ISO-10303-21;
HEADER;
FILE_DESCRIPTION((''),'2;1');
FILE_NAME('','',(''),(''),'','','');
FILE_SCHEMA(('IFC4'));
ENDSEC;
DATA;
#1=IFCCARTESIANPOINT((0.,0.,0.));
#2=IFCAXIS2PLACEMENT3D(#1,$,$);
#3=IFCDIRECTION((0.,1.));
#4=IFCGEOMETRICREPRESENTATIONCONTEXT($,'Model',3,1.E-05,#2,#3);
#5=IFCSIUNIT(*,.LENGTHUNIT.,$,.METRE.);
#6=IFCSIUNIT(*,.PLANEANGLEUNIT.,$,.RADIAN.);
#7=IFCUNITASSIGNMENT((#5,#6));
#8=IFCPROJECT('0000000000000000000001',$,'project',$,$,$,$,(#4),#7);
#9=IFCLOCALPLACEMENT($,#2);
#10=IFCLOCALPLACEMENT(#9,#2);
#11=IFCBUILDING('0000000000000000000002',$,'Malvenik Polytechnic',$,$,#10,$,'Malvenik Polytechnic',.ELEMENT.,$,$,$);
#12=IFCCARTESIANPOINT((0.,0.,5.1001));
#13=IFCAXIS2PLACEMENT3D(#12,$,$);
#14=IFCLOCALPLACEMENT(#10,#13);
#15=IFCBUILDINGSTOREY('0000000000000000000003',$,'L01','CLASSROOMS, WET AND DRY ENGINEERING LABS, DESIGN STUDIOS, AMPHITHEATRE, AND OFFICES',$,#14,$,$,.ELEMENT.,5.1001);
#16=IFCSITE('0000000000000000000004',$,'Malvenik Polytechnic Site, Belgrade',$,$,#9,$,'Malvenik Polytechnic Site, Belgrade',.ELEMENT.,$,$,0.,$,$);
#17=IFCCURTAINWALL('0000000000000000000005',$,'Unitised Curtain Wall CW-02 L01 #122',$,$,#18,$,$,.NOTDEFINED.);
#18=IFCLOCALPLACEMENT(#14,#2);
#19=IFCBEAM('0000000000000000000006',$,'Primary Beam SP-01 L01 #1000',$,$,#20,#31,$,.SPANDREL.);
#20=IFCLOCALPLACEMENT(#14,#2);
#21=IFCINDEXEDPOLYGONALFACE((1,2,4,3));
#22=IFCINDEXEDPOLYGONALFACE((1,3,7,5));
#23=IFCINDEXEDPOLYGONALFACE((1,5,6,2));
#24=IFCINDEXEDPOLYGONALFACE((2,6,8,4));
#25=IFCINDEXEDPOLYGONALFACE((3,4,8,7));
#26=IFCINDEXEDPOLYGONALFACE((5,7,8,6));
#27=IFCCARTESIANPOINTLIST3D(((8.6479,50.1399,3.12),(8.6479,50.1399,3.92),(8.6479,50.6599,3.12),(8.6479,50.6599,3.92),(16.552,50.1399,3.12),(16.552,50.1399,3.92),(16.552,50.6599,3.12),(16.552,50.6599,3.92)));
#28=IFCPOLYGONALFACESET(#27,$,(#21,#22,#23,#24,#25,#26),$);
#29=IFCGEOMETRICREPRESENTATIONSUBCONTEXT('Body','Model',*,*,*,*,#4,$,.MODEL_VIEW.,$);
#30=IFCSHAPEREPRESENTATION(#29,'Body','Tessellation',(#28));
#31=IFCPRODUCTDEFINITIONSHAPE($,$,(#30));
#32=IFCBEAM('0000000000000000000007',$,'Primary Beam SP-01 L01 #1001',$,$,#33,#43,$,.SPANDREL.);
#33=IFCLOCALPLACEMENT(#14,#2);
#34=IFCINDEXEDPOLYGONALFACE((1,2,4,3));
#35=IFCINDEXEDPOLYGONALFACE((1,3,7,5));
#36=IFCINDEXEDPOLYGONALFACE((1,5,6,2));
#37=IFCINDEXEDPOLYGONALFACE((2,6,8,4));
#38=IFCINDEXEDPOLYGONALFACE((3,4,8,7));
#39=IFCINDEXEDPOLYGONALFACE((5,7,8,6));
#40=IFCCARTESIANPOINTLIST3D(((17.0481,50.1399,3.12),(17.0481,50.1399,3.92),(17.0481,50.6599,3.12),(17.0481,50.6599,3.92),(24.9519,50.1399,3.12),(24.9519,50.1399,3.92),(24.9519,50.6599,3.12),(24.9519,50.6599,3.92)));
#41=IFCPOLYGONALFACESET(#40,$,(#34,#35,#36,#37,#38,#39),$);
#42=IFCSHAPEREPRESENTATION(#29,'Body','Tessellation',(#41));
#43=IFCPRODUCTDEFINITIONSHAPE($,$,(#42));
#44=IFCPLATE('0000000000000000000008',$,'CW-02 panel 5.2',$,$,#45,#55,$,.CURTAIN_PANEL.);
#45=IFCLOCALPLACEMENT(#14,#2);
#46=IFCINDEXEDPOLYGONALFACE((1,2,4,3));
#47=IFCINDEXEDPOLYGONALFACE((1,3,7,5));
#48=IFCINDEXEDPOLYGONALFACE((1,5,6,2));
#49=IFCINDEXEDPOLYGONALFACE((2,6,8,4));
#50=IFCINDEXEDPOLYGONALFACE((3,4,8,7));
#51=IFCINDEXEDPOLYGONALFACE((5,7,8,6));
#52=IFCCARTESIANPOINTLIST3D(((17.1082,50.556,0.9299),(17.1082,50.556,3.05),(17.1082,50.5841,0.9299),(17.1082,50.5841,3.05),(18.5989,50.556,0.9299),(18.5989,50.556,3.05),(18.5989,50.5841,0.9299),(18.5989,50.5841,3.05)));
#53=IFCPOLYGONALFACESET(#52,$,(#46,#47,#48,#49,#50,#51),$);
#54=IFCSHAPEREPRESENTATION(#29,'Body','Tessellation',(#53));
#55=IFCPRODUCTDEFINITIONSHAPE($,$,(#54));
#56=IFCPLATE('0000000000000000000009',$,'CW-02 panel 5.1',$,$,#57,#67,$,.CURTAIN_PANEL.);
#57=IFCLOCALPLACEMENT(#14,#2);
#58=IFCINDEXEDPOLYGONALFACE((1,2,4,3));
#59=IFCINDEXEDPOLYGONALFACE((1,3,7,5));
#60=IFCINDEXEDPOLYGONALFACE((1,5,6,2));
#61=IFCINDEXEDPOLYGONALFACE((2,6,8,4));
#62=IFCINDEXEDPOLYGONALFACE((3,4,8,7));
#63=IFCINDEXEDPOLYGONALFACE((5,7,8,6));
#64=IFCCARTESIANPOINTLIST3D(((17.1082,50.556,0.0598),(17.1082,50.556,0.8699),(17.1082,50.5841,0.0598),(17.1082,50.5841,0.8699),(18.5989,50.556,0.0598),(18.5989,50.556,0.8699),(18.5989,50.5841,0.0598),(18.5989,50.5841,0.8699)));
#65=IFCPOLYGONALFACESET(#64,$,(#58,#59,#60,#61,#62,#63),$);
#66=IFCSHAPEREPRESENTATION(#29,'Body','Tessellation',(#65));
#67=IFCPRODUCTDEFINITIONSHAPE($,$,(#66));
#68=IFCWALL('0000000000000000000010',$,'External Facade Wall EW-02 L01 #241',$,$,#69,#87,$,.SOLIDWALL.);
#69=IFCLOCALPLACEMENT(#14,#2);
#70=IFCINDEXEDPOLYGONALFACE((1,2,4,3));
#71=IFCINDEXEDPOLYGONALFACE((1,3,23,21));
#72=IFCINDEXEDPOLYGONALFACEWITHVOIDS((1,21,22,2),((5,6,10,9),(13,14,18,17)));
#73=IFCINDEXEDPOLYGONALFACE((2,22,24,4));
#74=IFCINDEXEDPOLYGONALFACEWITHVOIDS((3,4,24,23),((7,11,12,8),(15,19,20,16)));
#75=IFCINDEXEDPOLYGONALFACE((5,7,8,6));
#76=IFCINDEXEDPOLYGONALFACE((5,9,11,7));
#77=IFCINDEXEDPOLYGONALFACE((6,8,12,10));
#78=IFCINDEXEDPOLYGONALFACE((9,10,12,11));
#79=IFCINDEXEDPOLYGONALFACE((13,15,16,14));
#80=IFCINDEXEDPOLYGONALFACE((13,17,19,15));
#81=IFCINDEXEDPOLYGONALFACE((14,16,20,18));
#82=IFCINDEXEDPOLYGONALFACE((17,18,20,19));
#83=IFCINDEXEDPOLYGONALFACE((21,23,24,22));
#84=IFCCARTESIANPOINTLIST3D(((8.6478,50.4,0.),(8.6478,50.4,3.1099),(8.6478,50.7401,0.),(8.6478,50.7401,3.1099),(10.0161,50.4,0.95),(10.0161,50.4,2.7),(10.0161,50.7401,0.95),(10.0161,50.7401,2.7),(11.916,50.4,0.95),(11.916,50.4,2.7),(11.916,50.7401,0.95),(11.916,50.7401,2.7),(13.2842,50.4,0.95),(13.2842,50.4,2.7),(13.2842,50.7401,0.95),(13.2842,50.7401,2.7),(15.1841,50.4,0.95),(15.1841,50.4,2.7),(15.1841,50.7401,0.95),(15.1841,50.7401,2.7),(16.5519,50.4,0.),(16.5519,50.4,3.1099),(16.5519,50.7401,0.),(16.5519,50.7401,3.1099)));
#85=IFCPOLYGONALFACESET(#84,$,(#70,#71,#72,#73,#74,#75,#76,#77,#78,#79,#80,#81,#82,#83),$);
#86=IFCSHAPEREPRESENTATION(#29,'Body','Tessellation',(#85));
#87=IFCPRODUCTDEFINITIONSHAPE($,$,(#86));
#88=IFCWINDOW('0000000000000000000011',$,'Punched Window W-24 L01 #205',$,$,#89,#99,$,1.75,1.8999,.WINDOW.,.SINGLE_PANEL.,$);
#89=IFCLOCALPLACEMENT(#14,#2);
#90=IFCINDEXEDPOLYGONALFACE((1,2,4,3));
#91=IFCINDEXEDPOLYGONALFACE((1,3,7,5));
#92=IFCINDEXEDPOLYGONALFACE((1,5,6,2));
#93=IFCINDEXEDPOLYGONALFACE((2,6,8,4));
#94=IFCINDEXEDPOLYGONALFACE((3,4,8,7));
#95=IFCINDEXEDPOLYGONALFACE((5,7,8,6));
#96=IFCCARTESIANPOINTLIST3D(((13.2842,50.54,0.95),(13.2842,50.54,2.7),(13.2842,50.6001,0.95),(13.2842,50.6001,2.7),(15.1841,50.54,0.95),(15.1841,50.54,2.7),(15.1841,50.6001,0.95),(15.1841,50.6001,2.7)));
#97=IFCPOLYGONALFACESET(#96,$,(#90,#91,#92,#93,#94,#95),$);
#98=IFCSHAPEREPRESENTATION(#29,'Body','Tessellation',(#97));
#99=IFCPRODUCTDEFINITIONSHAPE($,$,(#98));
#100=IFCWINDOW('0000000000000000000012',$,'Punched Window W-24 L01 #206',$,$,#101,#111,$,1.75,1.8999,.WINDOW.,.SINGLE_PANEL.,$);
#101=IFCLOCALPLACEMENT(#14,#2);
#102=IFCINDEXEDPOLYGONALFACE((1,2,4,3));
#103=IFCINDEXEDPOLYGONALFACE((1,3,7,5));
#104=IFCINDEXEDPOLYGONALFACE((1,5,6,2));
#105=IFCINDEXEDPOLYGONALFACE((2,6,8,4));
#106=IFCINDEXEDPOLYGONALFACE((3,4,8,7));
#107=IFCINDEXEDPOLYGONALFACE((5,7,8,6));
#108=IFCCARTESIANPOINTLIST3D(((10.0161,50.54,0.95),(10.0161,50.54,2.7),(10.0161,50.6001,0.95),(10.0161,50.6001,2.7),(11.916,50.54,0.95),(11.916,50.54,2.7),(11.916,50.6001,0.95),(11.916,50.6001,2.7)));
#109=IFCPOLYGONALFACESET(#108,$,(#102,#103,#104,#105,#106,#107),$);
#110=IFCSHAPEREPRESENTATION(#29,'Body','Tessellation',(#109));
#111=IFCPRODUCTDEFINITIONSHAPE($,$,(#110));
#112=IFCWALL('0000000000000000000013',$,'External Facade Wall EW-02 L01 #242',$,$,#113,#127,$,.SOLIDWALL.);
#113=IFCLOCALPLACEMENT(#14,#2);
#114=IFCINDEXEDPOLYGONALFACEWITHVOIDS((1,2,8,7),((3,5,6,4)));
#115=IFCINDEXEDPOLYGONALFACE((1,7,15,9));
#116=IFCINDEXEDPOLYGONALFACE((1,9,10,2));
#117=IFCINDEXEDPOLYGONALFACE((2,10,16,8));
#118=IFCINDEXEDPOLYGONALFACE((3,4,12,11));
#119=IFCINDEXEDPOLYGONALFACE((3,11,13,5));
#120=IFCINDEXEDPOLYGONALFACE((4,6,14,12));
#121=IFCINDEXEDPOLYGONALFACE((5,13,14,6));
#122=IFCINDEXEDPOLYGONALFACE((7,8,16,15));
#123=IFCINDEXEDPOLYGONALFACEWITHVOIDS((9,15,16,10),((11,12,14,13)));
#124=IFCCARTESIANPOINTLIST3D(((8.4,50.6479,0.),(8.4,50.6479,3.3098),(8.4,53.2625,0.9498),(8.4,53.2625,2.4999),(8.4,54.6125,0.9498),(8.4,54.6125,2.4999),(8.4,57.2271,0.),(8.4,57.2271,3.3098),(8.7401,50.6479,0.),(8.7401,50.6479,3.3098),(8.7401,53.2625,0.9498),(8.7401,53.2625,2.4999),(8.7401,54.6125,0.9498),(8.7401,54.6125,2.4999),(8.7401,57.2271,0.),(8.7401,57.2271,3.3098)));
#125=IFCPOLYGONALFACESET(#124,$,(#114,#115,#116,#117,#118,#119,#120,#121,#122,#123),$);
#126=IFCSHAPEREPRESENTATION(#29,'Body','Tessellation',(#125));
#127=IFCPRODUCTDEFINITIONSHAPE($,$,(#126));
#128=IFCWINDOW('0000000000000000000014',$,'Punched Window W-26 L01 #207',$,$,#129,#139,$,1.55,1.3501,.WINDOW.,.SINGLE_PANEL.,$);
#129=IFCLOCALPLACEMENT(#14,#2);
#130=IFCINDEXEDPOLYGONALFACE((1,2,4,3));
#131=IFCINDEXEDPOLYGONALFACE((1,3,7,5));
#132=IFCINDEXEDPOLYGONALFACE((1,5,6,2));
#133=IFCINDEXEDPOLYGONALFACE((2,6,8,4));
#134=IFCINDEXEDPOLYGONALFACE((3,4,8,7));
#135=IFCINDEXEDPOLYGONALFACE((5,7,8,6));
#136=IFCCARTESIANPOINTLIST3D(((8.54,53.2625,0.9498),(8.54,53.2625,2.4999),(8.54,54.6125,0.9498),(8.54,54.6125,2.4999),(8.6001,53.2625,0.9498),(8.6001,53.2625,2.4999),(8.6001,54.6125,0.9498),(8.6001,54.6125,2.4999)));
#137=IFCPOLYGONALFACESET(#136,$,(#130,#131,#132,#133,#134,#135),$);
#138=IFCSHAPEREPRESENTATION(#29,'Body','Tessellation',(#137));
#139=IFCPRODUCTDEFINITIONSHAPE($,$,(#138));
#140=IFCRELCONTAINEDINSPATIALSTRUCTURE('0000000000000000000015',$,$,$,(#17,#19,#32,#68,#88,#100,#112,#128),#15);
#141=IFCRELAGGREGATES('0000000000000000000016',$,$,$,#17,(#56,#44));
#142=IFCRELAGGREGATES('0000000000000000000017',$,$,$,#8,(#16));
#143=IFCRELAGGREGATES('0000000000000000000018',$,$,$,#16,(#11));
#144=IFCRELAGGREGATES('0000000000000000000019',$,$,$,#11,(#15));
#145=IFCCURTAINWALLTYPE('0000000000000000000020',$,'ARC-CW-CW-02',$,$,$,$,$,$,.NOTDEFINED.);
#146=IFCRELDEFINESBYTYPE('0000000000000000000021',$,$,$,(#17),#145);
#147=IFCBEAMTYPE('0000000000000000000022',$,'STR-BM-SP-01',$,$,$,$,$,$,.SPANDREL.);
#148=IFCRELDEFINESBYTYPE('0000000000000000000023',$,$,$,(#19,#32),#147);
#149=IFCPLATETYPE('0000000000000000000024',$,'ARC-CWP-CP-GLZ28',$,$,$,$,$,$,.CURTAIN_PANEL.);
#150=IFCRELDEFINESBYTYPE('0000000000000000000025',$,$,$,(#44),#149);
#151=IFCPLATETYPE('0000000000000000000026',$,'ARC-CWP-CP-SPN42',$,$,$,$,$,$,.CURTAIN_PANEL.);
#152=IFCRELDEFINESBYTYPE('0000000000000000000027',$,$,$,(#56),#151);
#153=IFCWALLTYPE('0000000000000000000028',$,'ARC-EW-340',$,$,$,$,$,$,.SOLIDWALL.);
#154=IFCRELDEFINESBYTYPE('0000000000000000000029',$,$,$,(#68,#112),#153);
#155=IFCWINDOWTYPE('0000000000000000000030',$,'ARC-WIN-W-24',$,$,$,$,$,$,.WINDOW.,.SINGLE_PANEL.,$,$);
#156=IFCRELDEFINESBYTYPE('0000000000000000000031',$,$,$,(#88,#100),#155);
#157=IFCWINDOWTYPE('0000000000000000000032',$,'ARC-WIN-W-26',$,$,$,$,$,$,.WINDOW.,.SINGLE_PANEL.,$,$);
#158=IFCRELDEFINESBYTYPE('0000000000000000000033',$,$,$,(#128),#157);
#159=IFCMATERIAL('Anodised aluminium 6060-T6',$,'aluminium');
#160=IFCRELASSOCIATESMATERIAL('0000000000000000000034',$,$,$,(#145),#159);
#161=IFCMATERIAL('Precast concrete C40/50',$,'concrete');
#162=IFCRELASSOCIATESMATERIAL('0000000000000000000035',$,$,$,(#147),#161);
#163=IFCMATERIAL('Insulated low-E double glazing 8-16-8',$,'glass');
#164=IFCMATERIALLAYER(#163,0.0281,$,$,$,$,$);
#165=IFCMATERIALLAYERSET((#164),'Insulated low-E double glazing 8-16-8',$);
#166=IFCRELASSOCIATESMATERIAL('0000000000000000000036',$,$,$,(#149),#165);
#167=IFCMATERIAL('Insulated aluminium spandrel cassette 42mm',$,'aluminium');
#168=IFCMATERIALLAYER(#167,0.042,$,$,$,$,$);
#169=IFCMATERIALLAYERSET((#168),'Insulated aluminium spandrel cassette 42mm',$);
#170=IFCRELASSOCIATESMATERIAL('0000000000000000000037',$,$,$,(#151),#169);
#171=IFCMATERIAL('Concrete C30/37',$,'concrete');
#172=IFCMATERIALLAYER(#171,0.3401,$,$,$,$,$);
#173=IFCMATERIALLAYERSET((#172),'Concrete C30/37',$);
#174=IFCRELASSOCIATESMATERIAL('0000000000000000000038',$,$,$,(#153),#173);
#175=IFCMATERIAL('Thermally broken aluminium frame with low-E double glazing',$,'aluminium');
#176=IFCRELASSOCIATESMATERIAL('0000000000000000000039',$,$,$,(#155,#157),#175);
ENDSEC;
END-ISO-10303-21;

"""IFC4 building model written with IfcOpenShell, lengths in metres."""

from ifc_helpers import new_model, si_unit, direction, frame, frame_2d, origin, origin_2d, place, context, subcontext, project, spatial, rectangle, extrude, material, layer, layer_set, material_profile, profile_set, type_object, element, fill, aggregate, save


model = new_model("IFC4")

# Units and contexts
model_context = context("Model", 3, precision=1e-05, world=origin(), true_north=direction((0.0, 1.0)))
body_context = subcontext(model_context, "Body", "Model", "MODEL_VIEW")
ifc_project = project(units=[si_unit("LENGTHUNIT", "METRE"), si_unit("PLANEANGLEUNIT", "RADIAN")], contexts=[model_context])

# Site, building, storey
site_placement = place(None, origin())
site = spatial("IfcSite", under=ifc_project, at=site_placement, Name="Malvenik Polytechnic Site, Belgrade", LongName="Malvenik Polytechnic Site, Belgrade", CompositionType="ELEMENT", RefElevation=0.0)
building_placement = place(site_placement, origin())
building = spatial("IfcBuilding", under=site, at=building_placement, Name="Malvenik Polytechnic", LongName="Malvenik Polytechnic", CompositionType="ELEMENT")
storey_placement = place(building_placement, frame((0.0, 0.0, 5.1001)))
storey = spatial("IfcBuildingStorey", under=building, at=storey_placement, Name="L01", Description="CLASSROOMS, WET AND DRY ENGINEERING LABS, DESIGN STUDIOS, AMPHITHEATRE, AND OFFICES", CompositionType="ELEMENT", Elevation=5.1001)

# Curtain wall
ifc_material_1 = material(Name="Anodised aluminium 6060-T6", Category="aluminium")
curtain_wall_type = type_object("IfcCurtainWallType", Name="ARC-CW-CW-02", PredefinedType="NOTDEFINED", material=ifc_material_1)
curtain_wall_placement = place(storey_placement, origin())
curtain_wall = element("IfcCurtainWall", 1, at=curtain_wall_placement, inside=storey, type_object=curtain_wall_type, Name="Unitised Curtain Wall CW-02 L01 #122", PredefinedType="NOTDEFINED")

# Beams
ifc_material_2 = material(Name="Concrete C30/37", Category="concrete")
ifc_material_3 = material(Name="Precast concrete C40/50", Category="concrete")
ifc_material_profile_1 = material_profile(ifc_material_3, rectangle(XDim=0.52, YDim=0.8, at=origin_2d()), Name="PC SPN 520x800")
ifc_profile_set_1 = profile_set([ifc_material_profile_1], Name="Precast concrete C40/50")
beam_type_1 = type_object("IfcBeamType", Name="STR-BM-SP-01", PredefinedType="SPANDREL", material=ifc_profile_set_1)
beam_1_placement = place(storey_placement, frame((8.6479, 50.3999, 3.52), z_axis=(1.0, 0.0, 0.0), x_axis=(0.0, 1.0, 0.0)))
element("IfcBeam", 2, at=beam_1_placement, inside=storey, type_object=beam_type_1, Name="Primary Beam SP-01 L01 #1000", PredefinedType="SPANDREL", context=body_context, shape_type="SweptSolid", body=[
    extrude(rectangle(XDim=0.52, YDim=0.8, at=origin_2d()), origin(), (0.0, 0.0, 1.0), 7.9041),
])
beam_2_placement = place(storey_placement, frame((17.0481, 50.3999, 3.52), z_axis=(1.0, 0.0, 0.0), x_axis=(0.0, 1.0, 0.0)))
element("IfcBeam", 3, at=beam_2_placement, inside=storey, type_object=beam_type_1, Name="Primary Beam SP-01 L01 #1001", PredefinedType="SPANDREL", context=body_context, shape_type="SweptSolid", body=[
    extrude(rectangle(XDim=0.52, YDim=0.8, at=origin_2d()), origin(), (0.0, 0.0, 1.0), 7.9038),
])

# Plates
ifc_material_4 = material(Name="Insulated low-E double glazing 8-16-8", Category="glass")
ifc_layer_1 = layer(ifc_material_4, 0.0281)
ifc_layer_set_1 = layer_set([ifc_layer_1], Name="Insulated low-E double glazing 8-16-8")
plate_type_1 = type_object("IfcPlateType", Name="ARC-CWP-CP-GLZ28", PredefinedType="CURTAIN_PANEL", material=ifc_layer_set_1)
plate_1_placement = place(storey_placement, frame((17.8535, 50.5701, 0.9299), z_axis=(0.0, 0.0, 1.0), x_axis=(-1.0, 0.0, 0.0)))
plate_1 = element("IfcPlate", 4, at=plate_1_placement, type_object=plate_type_1, Name="CW-02 panel 5.2", PredefinedType="CURTAIN_PANEL", context=body_context, shape_type="SweptSolid", body=[
    extrude(rectangle(XDim=1.4907, YDim=0.0281, at=origin_2d()), origin(), (0.0, 0.0, 1.0), 2.1201),
])
ifc_material_5 = material(Name="Insulated aluminium spandrel cassette 42mm", Category="aluminium")
ifc_layer_2 = layer(ifc_material_5, 0.042)
ifc_layer_set_2 = layer_set([ifc_layer_2], Name="Insulated aluminium spandrel cassette 42mm")
plate_type_2 = type_object("IfcPlateType", Name="ARC-CWP-CP-SPN42", PredefinedType="CURTAIN_PANEL", material=ifc_layer_set_2)
plate_2_placement = place(storey_placement, frame((17.8535, 50.5701, 0.0598), z_axis=(0.0, 0.0, 1.0), x_axis=(-1.0, 0.0, 0.0)))
plate_2 = element("IfcPlate", 5, at=plate_2_placement, type_object=plate_type_2, Name="CW-02 panel 5.1", PredefinedType="CURTAIN_PANEL", context=body_context, shape_type="SweptSolid", body=[
    extrude(rectangle(XDim=1.4907, YDim=0.0281, at=origin_2d()), origin(), (0.0, 0.0, 1.0), 0.8101),
])
aggregate(curtain_wall, [plate_2, plate_1])

# Wall, openings, windows
ifc_layer_3 = layer(ifc_material_2, 0.3401)
ifc_layer_set_3 = layer_set([ifc_layer_3], Name="Concrete C30/37")
wall_type = type_object("IfcWallType", Name="ARC-EW-340", PredefinedType="SOLIDWALL", material=ifc_layer_set_3)
wall_1_placement = place(storey_placement, frame((16.552, 50.5701, 0.0), z_axis=(0.0, 0.0, 1.0), x_axis=(-1.0, 0.0, 0.0)))
wall_1 = element("IfcWall", 6, at=wall_1_placement, inside=storey, type_object=wall_type, Name="External Facade Wall EW-02 L01 #241", PredefinedType="SOLIDWALL", context=body_context, shape_type="SweptSolid", body=[
    extrude(rectangle(XDim=7.9041, YDim=0.3401, at=frame_2d((3.9521, 0.0))), origin(), (0.0, 0.0, 1.0), 3.1099),
])
opening_1_placement = place(wall_1_placement, frame((1.3679, 0.0, 0.95)))
opening_1 = element("IfcOpeningElement", 7, at=opening_1_placement, cuts=wall_1, PredefinedType="OPENING", context=body_context, shape_type="SweptSolid", body=[
    extrude(rectangle(XDim=1.8999, YDim=1.75, at=frame_2d((0.95, 0.875))), frame((0.0, 0.1802, 0.0), z_axis=(0.0, -1.0, 0.0), x_axis=(1.0, 0.0, 0.0)), (0.0, 0.0, 1.0), 0.3601),
])
opening_2_placement = place(wall_1_placement, frame((4.636, 0.0, 0.95)))
opening_2 = element("IfcOpeningElement", 8, at=opening_2_placement, cuts=wall_1, PredefinedType="OPENING", context=body_context, shape_type="SweptSolid", body=[
    extrude(rectangle(XDim=1.8999, YDim=1.75, at=frame_2d((0.95, 0.875))), frame((0.0, 0.1802, 0.0), z_axis=(0.0, -1.0, 0.0), x_axis=(1.0, 0.0, 0.0)), (0.0, 0.0, 1.0), 0.3601),
])
ifc_material_6 = material(Name="Thermally broken aluminium frame with low-E double glazing", Category="aluminium")
window_type_1 = type_object("IfcWindowType", Name="ARC-WIN-W-24", PartitioningType="SINGLE_PANEL", PredefinedType="WINDOW", material=ifc_material_6)
window_1_placement = place(opening_1_placement, origin())
window_1 = element("IfcWindow", 9, at=window_1_placement, inside=storey, type_object=window_type_1, Name="Punched Window W-24 L01 #205", OverallHeight=1.75, OverallWidth=1.8999, PartitioningType="SINGLE_PANEL", PredefinedType="WINDOW", context=body_context, shape_type="SweptSolid", body=[
    extrude(rectangle(XDim=1.8999, YDim=1.75, at=frame_2d((0.95, 0.875))), frame((0.0, 0.03, 0.0), z_axis=(0.0, -1.0, 0.0), x_axis=(1.0, 0.0, 0.0)), (0.0, 0.0, 1.0), 0.0601),
])
fill(opening_1, window_1)
window_2_placement = place(opening_2_placement, origin())
window_2 = element("IfcWindow", 10, at=window_2_placement, inside=storey, type_object=window_type_1, Name="Punched Window W-24 L01 #206", OverallHeight=1.75, OverallWidth=1.8999, PartitioningType="SINGLE_PANEL", PredefinedType="WINDOW", context=body_context, shape_type="SweptSolid", body=[
    extrude(rectangle(XDim=1.8999, YDim=1.75, at=frame_2d((0.95, 0.875))), frame((0.0, 0.03, 0.0), z_axis=(0.0, -1.0, 0.0), x_axis=(1.0, 0.0, 0.0)), (0.0, 0.0, 1.0), 0.0601),
])
fill(opening_2, window_2)

# Wall, opening, window
wall_2_placement = place(storey_placement, frame((8.5701, 50.6479, 0.0), z_axis=(0.0, 0.0, 1.0), x_axis=(0.0, 1.0, 0.0)))
wall_2 = element("IfcWall", 11, at=wall_2_placement, inside=storey, type_object=wall_type, Name="External Facade Wall EW-02 L01 #242", PredefinedType="SOLIDWALL", context=body_context, shape_type="SweptSolid", body=[
    extrude(rectangle(XDim=6.5791, YDim=0.3401, at=frame_2d((3.2896, 0.0))), origin(), (0.0, 0.0, 1.0), 3.3098),
])
opening_3_placement = place(wall_2_placement, frame((2.6145, 0.0, 0.95)))
opening_3 = element("IfcOpeningElement", 12, at=opening_3_placement, cuts=wall_2, PredefinedType="OPENING", context=body_context, shape_type="SweptSolid", body=[
    extrude(rectangle(XDim=1.3501, YDim=1.55, at=frame_2d((0.675, 0.7749))), frame((0.0, 0.1802, 0.0), z_axis=(0.0, -1.0, 0.0), x_axis=(1.0, 0.0, 0.0)), (0.0, 0.0, 1.0), 0.3601),
])
window_type_2 = type_object("IfcWindowType", Name="ARC-WIN-W-26", PartitioningType="SINGLE_PANEL", PredefinedType="WINDOW", material=ifc_material_6)
window_3_placement = place(opening_3_placement, origin())
window_3 = element("IfcWindow", 13, at=window_3_placement, inside=storey, type_object=window_type_2, Name="Punched Window W-26 L01 #207", OverallHeight=1.55, OverallWidth=1.3501, PartitioningType="SINGLE_PANEL", PredefinedType="WINDOW", context=body_context, shape_type="SweptSolid", body=[
    extrude(rectangle(XDim=1.3501, YDim=1.55, at=frame_2d((0.675, 0.7749))), frame((0.0, 0.03, 0.0), z_axis=(0.0, -1.0, 0.0), x_axis=(1.0, 0.0, 0.0)), (0.0, 0.0, 1.0), 0.0601),
])
fill(opening_3, window_3)

save(model, "model.ifc")
